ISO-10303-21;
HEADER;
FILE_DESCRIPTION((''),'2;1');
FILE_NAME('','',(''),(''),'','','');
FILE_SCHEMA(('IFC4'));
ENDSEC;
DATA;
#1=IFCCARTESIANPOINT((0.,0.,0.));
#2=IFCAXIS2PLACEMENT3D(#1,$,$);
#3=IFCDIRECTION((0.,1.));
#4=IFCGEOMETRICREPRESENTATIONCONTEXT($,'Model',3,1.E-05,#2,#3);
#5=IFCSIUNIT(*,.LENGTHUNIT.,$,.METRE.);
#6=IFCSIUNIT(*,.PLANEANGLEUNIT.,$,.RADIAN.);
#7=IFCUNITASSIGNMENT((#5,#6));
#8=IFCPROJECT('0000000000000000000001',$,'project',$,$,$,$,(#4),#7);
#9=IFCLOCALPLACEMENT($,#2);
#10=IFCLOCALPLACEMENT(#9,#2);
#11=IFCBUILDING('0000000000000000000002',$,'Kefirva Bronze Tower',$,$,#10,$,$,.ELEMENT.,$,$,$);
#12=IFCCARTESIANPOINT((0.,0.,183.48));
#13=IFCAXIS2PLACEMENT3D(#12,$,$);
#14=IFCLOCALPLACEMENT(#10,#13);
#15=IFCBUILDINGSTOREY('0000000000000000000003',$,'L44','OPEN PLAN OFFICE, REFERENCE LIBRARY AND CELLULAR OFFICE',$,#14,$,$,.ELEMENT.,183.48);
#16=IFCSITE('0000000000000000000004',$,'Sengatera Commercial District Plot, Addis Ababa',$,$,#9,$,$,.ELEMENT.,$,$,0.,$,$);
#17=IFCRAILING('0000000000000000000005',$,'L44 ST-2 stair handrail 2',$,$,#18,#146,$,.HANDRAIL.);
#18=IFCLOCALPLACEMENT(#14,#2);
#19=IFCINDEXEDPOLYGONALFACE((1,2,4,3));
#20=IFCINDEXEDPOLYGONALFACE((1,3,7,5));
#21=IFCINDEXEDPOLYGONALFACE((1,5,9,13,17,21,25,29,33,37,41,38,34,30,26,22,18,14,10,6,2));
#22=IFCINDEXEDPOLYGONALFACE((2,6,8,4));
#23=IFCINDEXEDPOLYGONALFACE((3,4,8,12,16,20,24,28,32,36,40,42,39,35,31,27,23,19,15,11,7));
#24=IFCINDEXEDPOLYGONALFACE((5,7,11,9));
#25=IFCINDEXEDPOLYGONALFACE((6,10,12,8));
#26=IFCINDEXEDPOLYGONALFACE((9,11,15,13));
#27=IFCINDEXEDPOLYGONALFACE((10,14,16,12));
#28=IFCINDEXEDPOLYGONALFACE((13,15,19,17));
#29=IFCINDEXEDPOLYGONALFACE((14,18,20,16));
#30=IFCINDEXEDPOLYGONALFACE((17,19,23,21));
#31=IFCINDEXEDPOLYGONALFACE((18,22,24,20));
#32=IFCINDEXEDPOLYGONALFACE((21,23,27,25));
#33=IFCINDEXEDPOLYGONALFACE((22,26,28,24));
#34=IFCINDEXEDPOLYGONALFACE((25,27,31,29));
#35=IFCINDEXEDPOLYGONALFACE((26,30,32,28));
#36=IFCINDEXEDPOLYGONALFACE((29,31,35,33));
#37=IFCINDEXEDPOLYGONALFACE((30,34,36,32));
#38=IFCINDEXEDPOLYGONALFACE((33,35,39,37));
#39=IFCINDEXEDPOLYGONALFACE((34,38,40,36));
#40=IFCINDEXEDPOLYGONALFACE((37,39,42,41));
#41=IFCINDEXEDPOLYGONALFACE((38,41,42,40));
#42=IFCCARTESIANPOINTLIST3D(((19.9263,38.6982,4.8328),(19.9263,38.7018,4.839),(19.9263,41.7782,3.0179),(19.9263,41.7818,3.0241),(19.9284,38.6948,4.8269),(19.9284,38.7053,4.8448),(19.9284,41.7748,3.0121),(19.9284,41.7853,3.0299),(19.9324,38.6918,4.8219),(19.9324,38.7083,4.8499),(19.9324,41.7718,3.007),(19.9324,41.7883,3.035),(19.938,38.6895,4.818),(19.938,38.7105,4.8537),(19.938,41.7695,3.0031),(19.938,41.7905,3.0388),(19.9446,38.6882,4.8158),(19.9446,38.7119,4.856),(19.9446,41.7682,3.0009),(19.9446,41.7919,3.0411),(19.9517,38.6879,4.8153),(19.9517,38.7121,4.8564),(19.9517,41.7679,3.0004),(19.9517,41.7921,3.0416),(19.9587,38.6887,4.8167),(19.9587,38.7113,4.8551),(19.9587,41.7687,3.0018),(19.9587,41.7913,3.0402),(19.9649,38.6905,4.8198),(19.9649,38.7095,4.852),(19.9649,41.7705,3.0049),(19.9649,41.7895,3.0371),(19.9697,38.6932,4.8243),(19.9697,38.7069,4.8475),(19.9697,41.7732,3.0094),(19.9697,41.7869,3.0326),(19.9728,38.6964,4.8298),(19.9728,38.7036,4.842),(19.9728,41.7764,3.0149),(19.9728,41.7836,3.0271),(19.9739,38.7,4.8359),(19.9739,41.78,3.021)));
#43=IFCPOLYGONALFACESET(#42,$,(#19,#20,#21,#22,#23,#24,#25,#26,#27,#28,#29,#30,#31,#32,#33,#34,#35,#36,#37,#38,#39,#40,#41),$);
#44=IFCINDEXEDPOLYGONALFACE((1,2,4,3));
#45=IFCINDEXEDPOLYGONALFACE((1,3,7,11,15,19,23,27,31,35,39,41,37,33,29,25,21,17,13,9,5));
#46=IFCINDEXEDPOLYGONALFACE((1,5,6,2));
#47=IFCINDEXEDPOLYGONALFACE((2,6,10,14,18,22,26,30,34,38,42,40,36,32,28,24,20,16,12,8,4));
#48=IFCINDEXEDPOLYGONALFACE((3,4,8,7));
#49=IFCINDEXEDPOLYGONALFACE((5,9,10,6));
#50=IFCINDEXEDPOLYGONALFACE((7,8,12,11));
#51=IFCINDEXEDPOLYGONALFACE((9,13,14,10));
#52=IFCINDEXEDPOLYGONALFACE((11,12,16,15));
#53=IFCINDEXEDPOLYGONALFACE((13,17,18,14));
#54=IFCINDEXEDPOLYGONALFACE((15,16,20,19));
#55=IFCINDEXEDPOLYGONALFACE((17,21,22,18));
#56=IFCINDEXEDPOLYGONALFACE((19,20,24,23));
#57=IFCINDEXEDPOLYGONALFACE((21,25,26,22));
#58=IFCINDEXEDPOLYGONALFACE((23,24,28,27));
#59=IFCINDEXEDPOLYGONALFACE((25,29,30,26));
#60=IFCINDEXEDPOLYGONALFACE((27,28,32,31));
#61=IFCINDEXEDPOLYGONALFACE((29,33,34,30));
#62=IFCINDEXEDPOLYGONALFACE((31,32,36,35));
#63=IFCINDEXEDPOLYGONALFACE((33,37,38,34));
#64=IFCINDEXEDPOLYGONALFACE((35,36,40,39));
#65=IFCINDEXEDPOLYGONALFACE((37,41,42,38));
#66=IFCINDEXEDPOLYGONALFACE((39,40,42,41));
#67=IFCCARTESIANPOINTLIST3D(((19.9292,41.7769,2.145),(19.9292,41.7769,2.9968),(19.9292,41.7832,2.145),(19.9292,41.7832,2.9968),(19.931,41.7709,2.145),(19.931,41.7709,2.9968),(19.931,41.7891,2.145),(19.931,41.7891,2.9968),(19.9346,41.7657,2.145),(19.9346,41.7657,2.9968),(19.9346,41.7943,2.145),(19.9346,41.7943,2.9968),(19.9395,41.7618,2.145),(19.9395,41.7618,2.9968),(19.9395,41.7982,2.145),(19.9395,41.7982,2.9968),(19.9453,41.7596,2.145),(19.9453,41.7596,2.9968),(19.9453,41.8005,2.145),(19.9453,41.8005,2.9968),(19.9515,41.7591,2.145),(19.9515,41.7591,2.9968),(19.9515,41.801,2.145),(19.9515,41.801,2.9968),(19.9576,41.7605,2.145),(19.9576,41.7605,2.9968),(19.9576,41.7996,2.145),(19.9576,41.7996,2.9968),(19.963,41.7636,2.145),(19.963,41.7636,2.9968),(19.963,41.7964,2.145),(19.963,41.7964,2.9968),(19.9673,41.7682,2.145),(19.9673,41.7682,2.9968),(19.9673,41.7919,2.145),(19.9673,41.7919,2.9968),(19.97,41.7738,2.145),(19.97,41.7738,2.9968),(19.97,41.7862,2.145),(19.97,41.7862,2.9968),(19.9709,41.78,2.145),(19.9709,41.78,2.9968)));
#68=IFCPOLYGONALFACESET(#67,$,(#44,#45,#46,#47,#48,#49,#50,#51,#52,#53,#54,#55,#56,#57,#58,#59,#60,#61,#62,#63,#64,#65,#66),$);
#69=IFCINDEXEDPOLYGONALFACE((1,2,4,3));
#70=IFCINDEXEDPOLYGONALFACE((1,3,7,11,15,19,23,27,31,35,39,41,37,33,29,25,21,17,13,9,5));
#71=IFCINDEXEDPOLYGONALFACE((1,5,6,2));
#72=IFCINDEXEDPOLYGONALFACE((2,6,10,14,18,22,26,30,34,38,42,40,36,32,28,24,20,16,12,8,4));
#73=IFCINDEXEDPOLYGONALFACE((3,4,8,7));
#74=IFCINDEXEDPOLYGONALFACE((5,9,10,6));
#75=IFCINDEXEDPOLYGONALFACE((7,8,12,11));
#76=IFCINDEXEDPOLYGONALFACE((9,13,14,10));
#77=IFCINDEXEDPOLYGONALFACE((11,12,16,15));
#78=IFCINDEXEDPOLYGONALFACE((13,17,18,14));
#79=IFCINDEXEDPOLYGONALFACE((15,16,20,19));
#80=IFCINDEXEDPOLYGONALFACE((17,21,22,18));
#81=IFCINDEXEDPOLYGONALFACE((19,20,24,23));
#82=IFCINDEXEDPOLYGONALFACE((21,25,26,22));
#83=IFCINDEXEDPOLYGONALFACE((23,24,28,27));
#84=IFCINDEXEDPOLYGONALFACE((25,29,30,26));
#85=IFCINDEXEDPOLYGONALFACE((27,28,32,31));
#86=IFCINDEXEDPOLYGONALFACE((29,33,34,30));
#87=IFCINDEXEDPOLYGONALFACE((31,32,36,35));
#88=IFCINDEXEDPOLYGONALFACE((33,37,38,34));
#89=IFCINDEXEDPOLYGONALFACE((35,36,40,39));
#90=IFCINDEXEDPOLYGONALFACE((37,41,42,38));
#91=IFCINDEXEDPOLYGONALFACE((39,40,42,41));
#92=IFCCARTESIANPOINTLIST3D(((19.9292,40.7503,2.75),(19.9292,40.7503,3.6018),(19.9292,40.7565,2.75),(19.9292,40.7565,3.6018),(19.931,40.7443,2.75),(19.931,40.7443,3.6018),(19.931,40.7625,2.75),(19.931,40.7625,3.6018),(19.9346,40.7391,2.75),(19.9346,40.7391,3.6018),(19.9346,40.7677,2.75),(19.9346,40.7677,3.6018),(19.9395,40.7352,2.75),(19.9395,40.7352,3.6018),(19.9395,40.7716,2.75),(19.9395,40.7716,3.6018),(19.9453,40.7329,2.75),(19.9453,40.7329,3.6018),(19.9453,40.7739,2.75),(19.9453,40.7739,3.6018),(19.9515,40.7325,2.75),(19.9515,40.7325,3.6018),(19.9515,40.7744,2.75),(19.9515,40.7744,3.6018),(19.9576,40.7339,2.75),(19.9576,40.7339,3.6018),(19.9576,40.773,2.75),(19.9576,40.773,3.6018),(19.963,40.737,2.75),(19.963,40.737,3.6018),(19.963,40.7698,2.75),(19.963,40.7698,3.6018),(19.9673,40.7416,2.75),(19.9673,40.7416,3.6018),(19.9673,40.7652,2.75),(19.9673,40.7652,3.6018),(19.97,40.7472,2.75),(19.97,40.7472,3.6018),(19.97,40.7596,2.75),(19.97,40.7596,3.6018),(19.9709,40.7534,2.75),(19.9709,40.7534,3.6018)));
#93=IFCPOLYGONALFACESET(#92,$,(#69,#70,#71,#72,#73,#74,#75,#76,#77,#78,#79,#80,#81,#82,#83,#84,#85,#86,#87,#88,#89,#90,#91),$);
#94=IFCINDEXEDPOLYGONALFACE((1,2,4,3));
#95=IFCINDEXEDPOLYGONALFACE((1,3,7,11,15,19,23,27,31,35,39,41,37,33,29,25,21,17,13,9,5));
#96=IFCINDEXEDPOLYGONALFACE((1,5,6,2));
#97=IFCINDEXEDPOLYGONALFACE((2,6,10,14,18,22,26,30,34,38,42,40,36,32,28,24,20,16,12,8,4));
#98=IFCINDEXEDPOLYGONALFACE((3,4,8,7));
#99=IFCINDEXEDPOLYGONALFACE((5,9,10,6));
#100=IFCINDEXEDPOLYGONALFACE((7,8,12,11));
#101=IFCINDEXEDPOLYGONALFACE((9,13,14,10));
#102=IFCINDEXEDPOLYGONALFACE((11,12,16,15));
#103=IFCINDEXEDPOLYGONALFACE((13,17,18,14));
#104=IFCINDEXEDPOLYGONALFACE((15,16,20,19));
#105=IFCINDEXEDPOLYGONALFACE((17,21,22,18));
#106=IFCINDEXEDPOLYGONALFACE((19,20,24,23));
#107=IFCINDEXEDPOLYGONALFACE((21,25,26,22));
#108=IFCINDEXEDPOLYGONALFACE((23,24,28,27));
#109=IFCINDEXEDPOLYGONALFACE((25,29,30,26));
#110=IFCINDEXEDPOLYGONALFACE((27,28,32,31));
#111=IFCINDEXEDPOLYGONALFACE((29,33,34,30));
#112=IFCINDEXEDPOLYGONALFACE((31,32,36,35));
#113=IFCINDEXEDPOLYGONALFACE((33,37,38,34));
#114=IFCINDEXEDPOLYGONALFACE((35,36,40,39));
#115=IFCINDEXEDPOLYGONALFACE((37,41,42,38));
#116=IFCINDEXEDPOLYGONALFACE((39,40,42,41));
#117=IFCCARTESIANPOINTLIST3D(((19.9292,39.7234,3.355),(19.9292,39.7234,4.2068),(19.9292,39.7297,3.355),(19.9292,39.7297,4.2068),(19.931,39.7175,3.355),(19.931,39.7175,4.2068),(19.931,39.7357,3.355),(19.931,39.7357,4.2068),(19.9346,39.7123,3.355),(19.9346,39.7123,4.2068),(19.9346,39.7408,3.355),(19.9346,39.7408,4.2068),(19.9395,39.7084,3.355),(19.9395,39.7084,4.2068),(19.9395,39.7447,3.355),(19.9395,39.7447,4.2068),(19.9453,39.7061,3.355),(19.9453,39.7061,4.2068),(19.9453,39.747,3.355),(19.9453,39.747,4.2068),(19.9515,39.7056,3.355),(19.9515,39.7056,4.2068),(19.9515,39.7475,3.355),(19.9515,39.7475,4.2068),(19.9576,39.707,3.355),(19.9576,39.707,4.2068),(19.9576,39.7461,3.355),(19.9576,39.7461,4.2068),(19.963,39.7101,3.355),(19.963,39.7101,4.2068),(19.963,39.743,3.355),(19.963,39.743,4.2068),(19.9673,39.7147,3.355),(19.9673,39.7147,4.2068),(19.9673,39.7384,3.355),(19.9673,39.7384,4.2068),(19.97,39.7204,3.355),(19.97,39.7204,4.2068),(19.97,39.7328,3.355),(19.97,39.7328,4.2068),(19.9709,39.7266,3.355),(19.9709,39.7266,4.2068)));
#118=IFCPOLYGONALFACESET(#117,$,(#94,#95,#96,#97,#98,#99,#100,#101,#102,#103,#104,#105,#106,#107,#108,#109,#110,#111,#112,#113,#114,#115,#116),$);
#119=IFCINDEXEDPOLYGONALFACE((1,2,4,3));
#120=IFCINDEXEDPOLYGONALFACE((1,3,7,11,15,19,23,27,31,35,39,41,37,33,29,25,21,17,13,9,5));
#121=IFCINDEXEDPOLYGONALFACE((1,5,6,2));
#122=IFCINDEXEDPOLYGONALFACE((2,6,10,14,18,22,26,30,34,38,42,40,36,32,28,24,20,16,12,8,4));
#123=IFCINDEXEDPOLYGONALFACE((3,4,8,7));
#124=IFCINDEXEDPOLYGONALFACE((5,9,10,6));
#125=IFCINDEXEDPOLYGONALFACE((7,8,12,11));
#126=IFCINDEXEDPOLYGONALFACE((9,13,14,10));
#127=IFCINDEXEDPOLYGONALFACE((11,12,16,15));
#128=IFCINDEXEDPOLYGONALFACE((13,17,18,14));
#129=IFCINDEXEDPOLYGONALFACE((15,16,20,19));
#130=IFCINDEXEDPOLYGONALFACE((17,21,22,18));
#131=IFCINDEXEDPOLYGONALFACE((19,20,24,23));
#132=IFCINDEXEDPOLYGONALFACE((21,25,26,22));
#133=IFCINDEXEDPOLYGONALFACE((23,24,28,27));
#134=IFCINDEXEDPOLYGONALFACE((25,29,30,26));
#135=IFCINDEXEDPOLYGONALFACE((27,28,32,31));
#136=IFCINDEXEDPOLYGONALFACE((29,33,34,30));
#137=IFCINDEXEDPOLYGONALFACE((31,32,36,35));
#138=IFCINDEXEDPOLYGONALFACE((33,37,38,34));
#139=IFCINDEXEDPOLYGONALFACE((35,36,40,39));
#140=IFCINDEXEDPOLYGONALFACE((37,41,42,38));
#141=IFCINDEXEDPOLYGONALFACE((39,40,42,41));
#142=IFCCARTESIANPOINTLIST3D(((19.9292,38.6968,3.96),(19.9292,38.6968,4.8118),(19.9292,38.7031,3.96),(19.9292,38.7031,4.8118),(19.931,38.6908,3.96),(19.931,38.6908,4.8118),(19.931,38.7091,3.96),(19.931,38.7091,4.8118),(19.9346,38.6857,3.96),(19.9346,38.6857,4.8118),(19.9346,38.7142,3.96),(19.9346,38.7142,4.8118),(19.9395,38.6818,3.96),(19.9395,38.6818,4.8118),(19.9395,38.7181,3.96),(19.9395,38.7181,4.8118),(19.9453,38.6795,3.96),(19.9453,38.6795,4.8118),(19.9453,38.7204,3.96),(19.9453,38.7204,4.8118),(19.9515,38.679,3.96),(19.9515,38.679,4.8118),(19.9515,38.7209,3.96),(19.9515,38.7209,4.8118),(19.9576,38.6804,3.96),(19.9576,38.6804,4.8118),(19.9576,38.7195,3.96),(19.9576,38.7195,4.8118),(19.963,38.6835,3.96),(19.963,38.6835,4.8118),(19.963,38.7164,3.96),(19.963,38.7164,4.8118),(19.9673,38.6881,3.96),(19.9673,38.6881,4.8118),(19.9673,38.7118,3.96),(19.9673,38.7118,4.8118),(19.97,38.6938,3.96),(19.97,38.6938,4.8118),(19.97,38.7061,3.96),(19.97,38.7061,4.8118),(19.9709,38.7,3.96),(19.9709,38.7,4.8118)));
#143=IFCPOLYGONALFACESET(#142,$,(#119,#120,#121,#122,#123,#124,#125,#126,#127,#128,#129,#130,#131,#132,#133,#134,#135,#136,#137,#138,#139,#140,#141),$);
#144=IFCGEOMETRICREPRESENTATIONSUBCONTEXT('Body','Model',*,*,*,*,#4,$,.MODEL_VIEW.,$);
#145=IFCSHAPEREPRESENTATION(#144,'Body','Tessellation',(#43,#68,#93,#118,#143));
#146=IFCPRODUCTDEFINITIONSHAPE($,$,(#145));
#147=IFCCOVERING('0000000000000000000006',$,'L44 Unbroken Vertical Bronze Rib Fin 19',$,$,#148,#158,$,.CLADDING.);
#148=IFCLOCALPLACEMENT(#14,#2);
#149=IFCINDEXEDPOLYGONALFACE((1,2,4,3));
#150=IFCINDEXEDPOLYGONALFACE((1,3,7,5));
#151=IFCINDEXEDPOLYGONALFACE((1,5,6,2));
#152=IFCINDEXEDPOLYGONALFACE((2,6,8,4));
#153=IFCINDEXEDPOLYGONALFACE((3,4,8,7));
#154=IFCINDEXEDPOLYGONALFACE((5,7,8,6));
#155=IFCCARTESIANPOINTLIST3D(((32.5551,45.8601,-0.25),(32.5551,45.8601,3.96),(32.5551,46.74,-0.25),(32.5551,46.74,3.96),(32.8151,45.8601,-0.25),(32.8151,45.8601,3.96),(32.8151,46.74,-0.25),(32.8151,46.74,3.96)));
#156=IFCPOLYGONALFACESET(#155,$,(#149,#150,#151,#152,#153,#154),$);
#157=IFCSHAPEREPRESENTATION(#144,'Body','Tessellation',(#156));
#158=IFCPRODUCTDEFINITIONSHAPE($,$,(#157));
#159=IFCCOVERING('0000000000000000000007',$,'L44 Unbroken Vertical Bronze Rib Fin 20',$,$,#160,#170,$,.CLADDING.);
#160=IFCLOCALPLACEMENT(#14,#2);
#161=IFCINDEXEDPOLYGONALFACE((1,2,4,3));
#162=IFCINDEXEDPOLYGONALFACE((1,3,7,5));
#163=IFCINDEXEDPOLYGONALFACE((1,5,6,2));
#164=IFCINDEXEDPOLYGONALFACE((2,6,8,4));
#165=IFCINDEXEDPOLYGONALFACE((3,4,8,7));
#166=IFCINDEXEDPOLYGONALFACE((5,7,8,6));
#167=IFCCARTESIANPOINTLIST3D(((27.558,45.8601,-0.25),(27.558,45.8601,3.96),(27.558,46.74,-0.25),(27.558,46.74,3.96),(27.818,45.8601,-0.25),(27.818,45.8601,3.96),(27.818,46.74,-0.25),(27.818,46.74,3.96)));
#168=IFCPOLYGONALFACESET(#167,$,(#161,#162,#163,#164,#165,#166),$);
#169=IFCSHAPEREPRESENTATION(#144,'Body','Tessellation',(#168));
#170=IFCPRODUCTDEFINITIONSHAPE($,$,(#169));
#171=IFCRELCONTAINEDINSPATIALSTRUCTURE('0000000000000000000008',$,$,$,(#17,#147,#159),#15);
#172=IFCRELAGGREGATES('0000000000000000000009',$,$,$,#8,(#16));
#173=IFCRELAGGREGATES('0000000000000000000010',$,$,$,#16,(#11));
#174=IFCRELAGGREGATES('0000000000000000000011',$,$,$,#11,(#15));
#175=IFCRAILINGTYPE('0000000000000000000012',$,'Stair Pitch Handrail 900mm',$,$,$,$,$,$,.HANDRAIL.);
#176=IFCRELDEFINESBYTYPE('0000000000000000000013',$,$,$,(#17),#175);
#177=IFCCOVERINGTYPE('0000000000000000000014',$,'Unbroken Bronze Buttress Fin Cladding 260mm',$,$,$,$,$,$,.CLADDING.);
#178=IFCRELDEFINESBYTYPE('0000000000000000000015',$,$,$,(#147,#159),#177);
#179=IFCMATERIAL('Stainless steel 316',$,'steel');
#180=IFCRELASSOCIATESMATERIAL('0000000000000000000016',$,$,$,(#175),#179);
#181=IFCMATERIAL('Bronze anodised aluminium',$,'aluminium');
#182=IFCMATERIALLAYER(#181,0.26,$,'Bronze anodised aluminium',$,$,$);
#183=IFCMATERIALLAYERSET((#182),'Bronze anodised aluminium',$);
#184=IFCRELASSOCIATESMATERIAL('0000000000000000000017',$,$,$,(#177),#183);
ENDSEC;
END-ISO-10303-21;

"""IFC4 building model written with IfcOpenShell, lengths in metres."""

from ifc_helpers import new_model, si_unit, direction, frame, origin, origin_2d, place, context, subcontext, project, spatial, rectangle, circle, extrude, material, layer, layer_set, type_object, element, save


model = new_model("IFC4")

# Units and contexts
model_context = context("Model", 3, precision=1e-05, world=origin(), true_north=direction((0.0, 1.0)))
body_context = subcontext(model_context, "Body", "Model", "MODEL_VIEW")
ifc_project = project(units=[si_unit("LENGTHUNIT", "METRE"), si_unit("PLANEANGLEUNIT", "RADIAN")], contexts=[model_context])

# Site, building, storey
site_placement = place(None, origin())
site = spatial("IfcSite", under=ifc_project, at=site_placement, Name="Sengatera Commercial District Plot, Addis Ababa", CompositionType="ELEMENT", RefElevation=0.0)
building_placement = place(site_placement, origin())
building = spatial("IfcBuilding", under=site, at=building_placement, Name="Kefirva Bronze Tower", CompositionType="ELEMENT")
storey_placement = place(building_placement, frame((0.0, 0.0, 183.48)))
storey = spatial("IfcBuildingStorey", under=building, at=storey_placement, Name="L44", Description="OPEN PLAN OFFICE, REFERENCE LIBRARY AND CELLULAR OFFICE", CompositionType="ELEMENT", Elevation=183.48)

# Shared definitions
ifc_material_1 = material(Name="Bronze anodised aluminium", Category="aluminium")

# Railing
ifc_material_2 = material(Name="Stainless steel 316", Category="steel")
railing_type_1 = type_object("IfcRailingType", Name="Stair Pitch Handrail 900mm", PredefinedType="HANDRAIL", material=ifc_material_2)
railing_1_placement = place(storey_placement, frame((19.95, 41.78, 2.145)))
element("IfcRailing", 1, at=railing_1_placement, inside=storey, type_object=railing_type_1, Name="L44 ST-2 stair handrail 2", PredefinedType="HANDRAIL", context=body_context, shape_type="SweptSolid", body=[
    extrude(circle(Radius=0.0239, at=origin_2d()), frame((0.0, 0.0, 0.876), z_axis=(0.0, -0.861551, 0.507671), x_axis=(1.0, 0.0, 0.0)), (0.0, 0.0, 1.0), 3.575),
    extrude(circle(Radius=0.021, at=origin_2d()), origin(), (0.0, 0.0, 1.0), 0.8518),
    extrude(circle(Radius=0.021, at=origin_2d()), frame((0.0, -1.0266, 0.605)), (0.0, 0.0, 1.0), 0.8518),
    extrude(circle(Radius=0.021, at=origin_2d()), frame((0.0, -2.0535, 1.21)), (0.0, 0.0, 1.0), 0.8518),
    extrude(circle(Radius=0.021, at=origin_2d()), frame((0.0, -3.0801, 1.8149)), (0.0, 0.0, 1.0), 0.8518),
])

# Coverings
ifc_layer_1 = layer(ifc_material_1, 0.26, Name="Bronze anodised aluminium")
ifc_layer_set_1 = layer_set([ifc_layer_1], Name="Bronze anodised aluminium")
covering_type_1 = type_object("IfcCoveringType", Name="Unbroken Bronze Buttress Fin Cladding 260mm", PredefinedType="CLADDING", material=ifc_layer_set_1)
for number, where, z_axis, x_axis, name in (
    (2, (32.6851, 46.3, -0.25), (0.0, 0.0, 1.0), (-1.0, 0.0, 0.0), "L44 Unbroken Vertical Bronze Rib Fin 19"),
    (3, (27.688, 46.3, -0.25), (0.0, 0.0, 1.0), (-1.0, 0.0, 0.0), "L44 Unbroken Vertical Bronze Rib Fin 20"),
):
    element("IfcCovering", number, at=place(storey_placement, frame(where, z_axis=z_axis, x_axis=x_axis)), inside=storey, type_object=covering_type_1, Name=name, PredefinedType="CLADDING", context=body_context, shape_type="SweptSolid", body=[
        extrude(rectangle(XDim=0.26, YDim=0.8799, at=origin_2d()), origin(), (0.0, 0.0, 1.0), 4.21),
    ])

save(model, "model.ifc")
